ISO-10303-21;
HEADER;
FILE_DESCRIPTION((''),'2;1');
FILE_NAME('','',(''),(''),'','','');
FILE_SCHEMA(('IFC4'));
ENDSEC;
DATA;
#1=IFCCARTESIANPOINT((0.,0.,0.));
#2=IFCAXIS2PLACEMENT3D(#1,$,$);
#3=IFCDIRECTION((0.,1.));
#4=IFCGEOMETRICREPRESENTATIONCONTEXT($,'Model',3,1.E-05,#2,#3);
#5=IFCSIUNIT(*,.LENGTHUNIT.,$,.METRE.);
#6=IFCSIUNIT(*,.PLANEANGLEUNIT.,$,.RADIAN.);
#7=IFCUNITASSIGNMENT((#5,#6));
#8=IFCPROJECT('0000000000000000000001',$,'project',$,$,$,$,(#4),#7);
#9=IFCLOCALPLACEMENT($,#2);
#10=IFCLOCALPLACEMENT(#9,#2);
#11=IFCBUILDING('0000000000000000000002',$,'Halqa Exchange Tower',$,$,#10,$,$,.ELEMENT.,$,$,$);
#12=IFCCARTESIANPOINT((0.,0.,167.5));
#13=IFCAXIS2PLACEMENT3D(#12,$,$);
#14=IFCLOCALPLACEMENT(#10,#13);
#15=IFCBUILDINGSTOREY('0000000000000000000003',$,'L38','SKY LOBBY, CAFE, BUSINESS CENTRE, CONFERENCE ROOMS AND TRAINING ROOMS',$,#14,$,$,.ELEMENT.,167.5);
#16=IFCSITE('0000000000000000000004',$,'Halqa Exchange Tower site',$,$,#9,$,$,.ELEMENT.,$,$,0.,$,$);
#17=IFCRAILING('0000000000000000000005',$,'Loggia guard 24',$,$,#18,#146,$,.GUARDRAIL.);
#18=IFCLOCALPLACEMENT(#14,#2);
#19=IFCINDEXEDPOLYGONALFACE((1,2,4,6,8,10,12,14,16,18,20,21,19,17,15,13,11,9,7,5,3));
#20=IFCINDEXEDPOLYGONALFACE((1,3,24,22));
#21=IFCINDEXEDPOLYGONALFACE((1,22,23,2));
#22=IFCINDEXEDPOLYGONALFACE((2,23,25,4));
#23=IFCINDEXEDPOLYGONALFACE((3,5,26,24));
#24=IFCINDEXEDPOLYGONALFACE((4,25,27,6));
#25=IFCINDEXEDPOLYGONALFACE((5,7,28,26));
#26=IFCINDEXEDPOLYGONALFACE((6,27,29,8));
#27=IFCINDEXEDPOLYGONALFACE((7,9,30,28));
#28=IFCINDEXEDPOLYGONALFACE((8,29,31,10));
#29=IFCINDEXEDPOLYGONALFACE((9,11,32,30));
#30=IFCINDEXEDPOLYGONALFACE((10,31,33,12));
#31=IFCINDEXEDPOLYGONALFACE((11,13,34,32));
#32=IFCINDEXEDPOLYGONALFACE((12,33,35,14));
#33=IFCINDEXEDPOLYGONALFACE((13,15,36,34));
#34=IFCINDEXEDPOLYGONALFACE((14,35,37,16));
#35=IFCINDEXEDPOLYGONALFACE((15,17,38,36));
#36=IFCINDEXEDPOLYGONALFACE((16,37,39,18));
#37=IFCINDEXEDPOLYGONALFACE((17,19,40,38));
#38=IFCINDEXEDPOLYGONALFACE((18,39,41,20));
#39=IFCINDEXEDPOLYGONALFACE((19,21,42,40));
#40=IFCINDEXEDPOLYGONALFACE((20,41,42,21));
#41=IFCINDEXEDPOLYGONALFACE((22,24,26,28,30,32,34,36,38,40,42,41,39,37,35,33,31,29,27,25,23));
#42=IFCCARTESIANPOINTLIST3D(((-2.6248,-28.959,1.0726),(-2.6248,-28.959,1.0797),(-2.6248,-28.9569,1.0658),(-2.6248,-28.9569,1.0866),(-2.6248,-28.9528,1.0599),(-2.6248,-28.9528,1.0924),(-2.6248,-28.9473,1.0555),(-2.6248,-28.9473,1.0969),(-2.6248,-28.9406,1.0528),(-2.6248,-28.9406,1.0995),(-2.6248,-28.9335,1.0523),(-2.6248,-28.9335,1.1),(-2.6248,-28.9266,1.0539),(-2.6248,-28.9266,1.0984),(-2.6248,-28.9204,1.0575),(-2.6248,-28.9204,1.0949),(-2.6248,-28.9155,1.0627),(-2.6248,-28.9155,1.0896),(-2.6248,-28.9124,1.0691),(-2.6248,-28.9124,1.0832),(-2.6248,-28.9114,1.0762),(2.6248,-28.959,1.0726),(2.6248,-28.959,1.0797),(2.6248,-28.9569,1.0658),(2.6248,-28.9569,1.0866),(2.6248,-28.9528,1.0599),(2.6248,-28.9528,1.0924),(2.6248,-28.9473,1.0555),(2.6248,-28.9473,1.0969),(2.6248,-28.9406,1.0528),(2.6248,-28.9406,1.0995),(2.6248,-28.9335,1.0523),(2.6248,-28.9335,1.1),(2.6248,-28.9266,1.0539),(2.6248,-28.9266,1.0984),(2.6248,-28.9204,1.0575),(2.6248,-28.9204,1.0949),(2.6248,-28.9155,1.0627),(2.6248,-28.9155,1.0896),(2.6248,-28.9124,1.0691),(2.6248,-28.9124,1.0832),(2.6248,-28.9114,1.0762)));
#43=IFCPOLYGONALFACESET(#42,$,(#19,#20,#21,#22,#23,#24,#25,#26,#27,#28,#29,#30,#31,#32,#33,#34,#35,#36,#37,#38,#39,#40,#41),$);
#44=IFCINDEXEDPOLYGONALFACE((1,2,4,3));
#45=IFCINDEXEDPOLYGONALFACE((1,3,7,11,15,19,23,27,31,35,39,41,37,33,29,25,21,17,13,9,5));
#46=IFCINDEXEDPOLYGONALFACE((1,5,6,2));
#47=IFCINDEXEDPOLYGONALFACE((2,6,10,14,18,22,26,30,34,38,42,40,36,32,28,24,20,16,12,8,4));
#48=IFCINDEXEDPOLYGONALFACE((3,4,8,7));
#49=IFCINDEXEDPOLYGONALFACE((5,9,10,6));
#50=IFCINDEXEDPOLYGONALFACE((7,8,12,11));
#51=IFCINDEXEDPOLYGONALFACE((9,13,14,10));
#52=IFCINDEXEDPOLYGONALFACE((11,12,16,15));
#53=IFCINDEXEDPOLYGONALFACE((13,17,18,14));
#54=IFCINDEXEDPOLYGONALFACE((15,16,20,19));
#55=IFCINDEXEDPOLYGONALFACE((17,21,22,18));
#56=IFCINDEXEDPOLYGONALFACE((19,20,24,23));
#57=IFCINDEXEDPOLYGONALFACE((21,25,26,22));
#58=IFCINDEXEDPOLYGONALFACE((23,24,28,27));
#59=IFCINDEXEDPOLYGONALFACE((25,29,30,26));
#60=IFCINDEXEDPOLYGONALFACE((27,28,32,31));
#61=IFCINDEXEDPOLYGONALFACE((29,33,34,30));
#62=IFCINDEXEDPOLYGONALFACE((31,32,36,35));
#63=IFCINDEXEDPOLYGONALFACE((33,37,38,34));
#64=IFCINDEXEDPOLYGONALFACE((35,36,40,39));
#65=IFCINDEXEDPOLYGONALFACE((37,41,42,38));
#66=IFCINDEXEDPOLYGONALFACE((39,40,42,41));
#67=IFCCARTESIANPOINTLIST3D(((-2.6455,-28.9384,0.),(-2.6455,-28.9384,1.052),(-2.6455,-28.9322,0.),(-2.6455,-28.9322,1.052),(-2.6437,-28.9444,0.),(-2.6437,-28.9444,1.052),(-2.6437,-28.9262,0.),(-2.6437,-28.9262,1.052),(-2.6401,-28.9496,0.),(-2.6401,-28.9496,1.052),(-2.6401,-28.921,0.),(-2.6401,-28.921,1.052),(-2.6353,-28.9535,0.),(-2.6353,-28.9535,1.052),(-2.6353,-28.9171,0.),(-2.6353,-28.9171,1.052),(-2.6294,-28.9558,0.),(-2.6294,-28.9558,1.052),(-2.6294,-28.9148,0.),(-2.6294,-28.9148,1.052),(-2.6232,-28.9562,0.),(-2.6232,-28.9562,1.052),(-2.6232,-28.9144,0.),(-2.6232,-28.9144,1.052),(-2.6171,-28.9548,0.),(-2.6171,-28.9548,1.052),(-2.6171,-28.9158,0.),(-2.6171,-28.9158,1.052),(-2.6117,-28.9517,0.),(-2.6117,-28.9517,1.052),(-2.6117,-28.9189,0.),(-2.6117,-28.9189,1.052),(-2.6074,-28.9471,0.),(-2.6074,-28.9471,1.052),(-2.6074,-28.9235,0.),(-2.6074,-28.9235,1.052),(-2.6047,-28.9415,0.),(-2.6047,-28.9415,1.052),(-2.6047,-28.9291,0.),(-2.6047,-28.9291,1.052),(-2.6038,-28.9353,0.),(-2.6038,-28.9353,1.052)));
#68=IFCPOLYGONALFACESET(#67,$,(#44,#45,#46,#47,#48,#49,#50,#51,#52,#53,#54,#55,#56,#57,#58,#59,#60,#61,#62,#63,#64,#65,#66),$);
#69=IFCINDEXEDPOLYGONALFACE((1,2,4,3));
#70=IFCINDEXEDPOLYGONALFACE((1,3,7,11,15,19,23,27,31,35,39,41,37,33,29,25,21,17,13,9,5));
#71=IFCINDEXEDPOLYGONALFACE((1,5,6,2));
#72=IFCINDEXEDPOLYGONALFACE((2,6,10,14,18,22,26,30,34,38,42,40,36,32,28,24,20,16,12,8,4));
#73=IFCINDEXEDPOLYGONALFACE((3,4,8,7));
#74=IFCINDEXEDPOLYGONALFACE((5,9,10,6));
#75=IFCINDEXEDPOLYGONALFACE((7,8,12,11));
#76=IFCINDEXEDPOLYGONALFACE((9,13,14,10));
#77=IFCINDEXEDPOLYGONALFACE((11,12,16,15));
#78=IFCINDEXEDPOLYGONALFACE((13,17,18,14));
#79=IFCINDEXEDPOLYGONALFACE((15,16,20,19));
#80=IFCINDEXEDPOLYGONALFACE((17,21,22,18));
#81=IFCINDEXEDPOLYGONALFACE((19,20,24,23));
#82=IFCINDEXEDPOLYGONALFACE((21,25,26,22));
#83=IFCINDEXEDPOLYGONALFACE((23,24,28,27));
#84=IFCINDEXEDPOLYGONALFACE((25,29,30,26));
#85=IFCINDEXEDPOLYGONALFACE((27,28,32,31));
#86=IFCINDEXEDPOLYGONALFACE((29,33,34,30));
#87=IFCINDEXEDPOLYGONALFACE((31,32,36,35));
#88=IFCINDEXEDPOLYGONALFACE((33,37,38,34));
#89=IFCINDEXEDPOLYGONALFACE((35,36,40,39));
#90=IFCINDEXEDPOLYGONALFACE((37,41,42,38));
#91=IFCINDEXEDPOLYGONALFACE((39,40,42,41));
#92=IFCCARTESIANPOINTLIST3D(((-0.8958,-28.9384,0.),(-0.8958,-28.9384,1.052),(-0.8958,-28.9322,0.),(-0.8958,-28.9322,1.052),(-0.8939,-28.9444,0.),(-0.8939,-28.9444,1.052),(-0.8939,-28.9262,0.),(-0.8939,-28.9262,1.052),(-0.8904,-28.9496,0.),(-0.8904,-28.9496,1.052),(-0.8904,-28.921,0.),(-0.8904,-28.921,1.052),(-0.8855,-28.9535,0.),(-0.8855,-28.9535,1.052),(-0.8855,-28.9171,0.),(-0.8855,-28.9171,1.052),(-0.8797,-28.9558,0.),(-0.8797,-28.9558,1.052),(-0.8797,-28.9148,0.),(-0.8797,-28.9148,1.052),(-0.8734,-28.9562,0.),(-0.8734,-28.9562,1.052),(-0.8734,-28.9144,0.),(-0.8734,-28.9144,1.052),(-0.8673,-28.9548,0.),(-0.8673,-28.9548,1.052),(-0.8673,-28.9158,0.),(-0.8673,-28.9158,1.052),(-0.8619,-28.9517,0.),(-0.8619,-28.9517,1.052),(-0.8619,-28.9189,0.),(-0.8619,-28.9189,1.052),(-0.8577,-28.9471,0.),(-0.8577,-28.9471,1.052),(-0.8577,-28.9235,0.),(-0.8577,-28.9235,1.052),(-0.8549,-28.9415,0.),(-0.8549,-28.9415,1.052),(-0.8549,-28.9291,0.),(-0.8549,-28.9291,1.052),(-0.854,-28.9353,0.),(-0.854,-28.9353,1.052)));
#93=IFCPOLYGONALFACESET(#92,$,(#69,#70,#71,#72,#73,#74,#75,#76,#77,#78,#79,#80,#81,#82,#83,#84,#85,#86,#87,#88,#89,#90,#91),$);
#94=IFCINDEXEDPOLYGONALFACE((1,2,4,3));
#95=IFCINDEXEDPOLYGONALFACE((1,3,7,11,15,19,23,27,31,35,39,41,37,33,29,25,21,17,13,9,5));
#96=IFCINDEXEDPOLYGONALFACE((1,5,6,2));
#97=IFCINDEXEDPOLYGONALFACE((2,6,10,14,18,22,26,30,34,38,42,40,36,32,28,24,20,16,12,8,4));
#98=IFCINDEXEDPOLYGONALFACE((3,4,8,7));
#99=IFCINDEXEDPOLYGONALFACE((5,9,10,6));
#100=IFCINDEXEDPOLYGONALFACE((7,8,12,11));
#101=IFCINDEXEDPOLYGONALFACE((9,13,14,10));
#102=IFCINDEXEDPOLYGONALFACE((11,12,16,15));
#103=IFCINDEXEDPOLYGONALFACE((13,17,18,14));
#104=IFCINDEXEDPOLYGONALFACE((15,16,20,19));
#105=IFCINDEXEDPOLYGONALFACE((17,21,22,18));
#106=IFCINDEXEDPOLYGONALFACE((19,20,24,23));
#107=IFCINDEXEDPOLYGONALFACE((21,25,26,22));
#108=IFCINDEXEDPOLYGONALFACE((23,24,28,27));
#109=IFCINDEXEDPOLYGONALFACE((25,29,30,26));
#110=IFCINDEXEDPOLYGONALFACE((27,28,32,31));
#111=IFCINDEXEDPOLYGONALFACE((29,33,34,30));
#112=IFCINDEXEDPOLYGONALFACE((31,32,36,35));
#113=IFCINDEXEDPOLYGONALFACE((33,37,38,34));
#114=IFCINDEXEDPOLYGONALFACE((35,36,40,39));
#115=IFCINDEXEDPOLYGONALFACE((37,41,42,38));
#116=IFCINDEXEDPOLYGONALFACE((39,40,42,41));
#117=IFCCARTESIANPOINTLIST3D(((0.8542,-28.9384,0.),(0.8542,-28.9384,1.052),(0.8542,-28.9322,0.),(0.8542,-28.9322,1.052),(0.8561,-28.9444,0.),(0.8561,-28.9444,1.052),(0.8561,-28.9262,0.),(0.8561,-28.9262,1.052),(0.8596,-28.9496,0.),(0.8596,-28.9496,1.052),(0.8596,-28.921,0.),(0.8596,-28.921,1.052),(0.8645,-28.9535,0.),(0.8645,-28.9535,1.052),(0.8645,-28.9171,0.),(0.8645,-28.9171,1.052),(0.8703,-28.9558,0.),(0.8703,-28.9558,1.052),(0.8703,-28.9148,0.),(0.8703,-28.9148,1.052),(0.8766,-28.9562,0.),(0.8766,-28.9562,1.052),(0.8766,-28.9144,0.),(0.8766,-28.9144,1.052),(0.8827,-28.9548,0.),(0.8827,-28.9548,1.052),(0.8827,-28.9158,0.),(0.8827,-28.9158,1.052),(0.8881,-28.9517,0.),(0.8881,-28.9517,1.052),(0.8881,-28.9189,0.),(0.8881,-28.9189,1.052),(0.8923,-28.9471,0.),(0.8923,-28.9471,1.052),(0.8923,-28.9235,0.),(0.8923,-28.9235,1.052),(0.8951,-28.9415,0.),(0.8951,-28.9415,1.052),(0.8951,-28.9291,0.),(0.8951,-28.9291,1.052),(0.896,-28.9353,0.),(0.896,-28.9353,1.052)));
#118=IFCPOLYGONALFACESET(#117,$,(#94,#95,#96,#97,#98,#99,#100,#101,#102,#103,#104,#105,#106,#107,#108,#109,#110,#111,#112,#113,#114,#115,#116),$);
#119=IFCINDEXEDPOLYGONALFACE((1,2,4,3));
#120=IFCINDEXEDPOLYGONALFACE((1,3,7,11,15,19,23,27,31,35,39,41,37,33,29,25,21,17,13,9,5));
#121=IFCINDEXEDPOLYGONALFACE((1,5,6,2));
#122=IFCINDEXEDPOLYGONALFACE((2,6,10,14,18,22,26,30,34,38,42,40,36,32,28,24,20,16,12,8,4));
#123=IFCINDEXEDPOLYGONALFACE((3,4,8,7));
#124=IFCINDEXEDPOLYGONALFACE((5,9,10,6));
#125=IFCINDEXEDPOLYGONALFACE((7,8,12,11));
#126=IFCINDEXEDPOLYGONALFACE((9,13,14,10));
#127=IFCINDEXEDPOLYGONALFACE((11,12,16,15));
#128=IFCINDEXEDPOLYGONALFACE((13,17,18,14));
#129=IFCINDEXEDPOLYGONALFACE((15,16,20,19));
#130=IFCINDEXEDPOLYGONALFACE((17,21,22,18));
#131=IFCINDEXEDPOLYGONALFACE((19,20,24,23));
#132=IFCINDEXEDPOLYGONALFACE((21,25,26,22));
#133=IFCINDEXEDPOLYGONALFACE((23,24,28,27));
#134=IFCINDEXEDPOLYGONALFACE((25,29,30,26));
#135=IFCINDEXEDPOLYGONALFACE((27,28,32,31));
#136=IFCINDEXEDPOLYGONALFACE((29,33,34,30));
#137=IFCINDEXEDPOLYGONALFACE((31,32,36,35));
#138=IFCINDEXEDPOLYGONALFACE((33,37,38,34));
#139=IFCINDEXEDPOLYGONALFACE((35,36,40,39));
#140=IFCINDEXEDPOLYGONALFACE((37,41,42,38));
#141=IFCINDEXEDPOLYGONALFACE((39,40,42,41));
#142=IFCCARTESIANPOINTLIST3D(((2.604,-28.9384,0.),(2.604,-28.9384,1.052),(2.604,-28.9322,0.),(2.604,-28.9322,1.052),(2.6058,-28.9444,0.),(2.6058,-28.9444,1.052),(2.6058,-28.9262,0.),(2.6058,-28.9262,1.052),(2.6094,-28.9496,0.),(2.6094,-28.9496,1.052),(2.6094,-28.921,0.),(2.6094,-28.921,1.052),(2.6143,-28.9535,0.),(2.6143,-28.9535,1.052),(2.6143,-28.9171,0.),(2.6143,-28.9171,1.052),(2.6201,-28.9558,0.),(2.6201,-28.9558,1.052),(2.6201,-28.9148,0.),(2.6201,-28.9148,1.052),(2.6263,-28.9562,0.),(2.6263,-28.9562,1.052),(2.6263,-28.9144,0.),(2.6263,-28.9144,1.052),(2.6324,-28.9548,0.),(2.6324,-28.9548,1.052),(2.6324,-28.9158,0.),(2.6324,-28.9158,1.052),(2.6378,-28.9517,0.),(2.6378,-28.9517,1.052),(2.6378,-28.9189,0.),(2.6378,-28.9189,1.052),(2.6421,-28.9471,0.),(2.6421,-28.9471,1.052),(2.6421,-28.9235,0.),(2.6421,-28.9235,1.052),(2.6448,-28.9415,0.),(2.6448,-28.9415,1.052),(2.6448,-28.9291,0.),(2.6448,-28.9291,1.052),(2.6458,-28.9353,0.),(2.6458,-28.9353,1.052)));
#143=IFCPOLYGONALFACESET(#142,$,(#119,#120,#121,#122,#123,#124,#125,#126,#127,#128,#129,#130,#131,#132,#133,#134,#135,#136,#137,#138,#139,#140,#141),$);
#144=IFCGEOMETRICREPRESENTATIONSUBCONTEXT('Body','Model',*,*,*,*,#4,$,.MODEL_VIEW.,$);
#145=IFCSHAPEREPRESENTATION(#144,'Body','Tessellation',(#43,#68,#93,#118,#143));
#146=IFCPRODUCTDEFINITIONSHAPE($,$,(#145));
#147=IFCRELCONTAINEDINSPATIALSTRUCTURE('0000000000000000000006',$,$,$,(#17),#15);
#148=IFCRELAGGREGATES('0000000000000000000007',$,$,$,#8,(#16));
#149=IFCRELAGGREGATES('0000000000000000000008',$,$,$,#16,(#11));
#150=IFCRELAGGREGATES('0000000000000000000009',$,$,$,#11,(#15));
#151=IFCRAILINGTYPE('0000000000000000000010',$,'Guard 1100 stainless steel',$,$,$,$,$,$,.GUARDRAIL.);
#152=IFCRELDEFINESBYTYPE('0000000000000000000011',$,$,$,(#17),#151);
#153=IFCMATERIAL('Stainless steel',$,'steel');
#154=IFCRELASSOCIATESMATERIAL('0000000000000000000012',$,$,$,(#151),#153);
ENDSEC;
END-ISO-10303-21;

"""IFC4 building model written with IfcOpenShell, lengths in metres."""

from ifc_helpers import new_model, si_unit, direction, frame, origin, origin_2d, place, context, subcontext, project, spatial, circle, extrude, material, type_object, element, save


model = new_model("IFC4")

# Units and contexts
model_context = context("Model", 3, precision=1e-05, world=origin(), true_north=direction((0.0, 1.0)))
body_context = subcontext(model_context, "Body", "Model", "MODEL_VIEW")
ifc_project = project(units=[si_unit("LENGTHUNIT", "METRE"), si_unit("PLANEANGLEUNIT", "RADIAN")], contexts=[model_context])

# Site, building, storey
site_placement = place(None, origin())
site = spatial("IfcSite", under=ifc_project, at=site_placement, Name="Halqa Exchange Tower site", CompositionType="ELEMENT", RefElevation=0.0)
building_placement = place(site_placement, origin())
building = spatial("IfcBuilding", under=site, at=building_placement, Name="Halqa Exchange Tower", CompositionType="ELEMENT")
storey_placement = place(building_placement, frame((0.0, 0.0, 167.5)))
storey = spatial("IfcBuildingStorey", under=building, at=storey_placement, Name="L38", Description="SKY LOBBY, CAFE, BUSINESS CENTRE, CONFERENCE ROOMS AND TRAINING ROOMS", CompositionType="ELEMENT", Elevation=167.5)

# Railing
ifc_material_1 = material(Name="Stainless steel", Category="steel")
railing_type = type_object("IfcRailingType", Name="Guard 1100 stainless steel", PredefinedType="GUARDRAIL", material=ifc_material_1)
railing_1_placement = place(storey_placement, frame((-2.6248, -28.9353, 0.0)))
element("IfcRailing", 1, at=railing_1_placement, inside=storey, type_object=railing_type, Name="Loggia guard 24", PredefinedType="GUARDRAIL", context=body_context, shape_type="SweptSolid", body=[
    extrude(circle(Radius=0.0239, at=origin_2d()), frame((0.0, 0.0, 1.0762), z_axis=(1.0, 0.0, 0.0), x_axis=(0.0, 1.0, 0.0)), (0.0, 0.0, 1.0), 5.2495),
    extrude(circle(Radius=0.021, at=origin_2d()), origin(), (0.0, 0.0, 1.0), 1.052),
    extrude(circle(Radius=0.021, at=origin_2d()), frame((1.7498, 0.0, 0.0)), (0.0, 0.0, 1.0), 1.052),
    extrude(circle(Radius=0.021, at=origin_2d()), frame((3.4998, 0.0, 0.0)), (0.0, 0.0, 1.0), 1.052),
    extrude(circle(Radius=0.021, at=origin_2d()), frame((5.2495, 0.0, 0.0)), (0.0, 0.0, 1.0), 1.052),
])

save(model, "model.ifc")
